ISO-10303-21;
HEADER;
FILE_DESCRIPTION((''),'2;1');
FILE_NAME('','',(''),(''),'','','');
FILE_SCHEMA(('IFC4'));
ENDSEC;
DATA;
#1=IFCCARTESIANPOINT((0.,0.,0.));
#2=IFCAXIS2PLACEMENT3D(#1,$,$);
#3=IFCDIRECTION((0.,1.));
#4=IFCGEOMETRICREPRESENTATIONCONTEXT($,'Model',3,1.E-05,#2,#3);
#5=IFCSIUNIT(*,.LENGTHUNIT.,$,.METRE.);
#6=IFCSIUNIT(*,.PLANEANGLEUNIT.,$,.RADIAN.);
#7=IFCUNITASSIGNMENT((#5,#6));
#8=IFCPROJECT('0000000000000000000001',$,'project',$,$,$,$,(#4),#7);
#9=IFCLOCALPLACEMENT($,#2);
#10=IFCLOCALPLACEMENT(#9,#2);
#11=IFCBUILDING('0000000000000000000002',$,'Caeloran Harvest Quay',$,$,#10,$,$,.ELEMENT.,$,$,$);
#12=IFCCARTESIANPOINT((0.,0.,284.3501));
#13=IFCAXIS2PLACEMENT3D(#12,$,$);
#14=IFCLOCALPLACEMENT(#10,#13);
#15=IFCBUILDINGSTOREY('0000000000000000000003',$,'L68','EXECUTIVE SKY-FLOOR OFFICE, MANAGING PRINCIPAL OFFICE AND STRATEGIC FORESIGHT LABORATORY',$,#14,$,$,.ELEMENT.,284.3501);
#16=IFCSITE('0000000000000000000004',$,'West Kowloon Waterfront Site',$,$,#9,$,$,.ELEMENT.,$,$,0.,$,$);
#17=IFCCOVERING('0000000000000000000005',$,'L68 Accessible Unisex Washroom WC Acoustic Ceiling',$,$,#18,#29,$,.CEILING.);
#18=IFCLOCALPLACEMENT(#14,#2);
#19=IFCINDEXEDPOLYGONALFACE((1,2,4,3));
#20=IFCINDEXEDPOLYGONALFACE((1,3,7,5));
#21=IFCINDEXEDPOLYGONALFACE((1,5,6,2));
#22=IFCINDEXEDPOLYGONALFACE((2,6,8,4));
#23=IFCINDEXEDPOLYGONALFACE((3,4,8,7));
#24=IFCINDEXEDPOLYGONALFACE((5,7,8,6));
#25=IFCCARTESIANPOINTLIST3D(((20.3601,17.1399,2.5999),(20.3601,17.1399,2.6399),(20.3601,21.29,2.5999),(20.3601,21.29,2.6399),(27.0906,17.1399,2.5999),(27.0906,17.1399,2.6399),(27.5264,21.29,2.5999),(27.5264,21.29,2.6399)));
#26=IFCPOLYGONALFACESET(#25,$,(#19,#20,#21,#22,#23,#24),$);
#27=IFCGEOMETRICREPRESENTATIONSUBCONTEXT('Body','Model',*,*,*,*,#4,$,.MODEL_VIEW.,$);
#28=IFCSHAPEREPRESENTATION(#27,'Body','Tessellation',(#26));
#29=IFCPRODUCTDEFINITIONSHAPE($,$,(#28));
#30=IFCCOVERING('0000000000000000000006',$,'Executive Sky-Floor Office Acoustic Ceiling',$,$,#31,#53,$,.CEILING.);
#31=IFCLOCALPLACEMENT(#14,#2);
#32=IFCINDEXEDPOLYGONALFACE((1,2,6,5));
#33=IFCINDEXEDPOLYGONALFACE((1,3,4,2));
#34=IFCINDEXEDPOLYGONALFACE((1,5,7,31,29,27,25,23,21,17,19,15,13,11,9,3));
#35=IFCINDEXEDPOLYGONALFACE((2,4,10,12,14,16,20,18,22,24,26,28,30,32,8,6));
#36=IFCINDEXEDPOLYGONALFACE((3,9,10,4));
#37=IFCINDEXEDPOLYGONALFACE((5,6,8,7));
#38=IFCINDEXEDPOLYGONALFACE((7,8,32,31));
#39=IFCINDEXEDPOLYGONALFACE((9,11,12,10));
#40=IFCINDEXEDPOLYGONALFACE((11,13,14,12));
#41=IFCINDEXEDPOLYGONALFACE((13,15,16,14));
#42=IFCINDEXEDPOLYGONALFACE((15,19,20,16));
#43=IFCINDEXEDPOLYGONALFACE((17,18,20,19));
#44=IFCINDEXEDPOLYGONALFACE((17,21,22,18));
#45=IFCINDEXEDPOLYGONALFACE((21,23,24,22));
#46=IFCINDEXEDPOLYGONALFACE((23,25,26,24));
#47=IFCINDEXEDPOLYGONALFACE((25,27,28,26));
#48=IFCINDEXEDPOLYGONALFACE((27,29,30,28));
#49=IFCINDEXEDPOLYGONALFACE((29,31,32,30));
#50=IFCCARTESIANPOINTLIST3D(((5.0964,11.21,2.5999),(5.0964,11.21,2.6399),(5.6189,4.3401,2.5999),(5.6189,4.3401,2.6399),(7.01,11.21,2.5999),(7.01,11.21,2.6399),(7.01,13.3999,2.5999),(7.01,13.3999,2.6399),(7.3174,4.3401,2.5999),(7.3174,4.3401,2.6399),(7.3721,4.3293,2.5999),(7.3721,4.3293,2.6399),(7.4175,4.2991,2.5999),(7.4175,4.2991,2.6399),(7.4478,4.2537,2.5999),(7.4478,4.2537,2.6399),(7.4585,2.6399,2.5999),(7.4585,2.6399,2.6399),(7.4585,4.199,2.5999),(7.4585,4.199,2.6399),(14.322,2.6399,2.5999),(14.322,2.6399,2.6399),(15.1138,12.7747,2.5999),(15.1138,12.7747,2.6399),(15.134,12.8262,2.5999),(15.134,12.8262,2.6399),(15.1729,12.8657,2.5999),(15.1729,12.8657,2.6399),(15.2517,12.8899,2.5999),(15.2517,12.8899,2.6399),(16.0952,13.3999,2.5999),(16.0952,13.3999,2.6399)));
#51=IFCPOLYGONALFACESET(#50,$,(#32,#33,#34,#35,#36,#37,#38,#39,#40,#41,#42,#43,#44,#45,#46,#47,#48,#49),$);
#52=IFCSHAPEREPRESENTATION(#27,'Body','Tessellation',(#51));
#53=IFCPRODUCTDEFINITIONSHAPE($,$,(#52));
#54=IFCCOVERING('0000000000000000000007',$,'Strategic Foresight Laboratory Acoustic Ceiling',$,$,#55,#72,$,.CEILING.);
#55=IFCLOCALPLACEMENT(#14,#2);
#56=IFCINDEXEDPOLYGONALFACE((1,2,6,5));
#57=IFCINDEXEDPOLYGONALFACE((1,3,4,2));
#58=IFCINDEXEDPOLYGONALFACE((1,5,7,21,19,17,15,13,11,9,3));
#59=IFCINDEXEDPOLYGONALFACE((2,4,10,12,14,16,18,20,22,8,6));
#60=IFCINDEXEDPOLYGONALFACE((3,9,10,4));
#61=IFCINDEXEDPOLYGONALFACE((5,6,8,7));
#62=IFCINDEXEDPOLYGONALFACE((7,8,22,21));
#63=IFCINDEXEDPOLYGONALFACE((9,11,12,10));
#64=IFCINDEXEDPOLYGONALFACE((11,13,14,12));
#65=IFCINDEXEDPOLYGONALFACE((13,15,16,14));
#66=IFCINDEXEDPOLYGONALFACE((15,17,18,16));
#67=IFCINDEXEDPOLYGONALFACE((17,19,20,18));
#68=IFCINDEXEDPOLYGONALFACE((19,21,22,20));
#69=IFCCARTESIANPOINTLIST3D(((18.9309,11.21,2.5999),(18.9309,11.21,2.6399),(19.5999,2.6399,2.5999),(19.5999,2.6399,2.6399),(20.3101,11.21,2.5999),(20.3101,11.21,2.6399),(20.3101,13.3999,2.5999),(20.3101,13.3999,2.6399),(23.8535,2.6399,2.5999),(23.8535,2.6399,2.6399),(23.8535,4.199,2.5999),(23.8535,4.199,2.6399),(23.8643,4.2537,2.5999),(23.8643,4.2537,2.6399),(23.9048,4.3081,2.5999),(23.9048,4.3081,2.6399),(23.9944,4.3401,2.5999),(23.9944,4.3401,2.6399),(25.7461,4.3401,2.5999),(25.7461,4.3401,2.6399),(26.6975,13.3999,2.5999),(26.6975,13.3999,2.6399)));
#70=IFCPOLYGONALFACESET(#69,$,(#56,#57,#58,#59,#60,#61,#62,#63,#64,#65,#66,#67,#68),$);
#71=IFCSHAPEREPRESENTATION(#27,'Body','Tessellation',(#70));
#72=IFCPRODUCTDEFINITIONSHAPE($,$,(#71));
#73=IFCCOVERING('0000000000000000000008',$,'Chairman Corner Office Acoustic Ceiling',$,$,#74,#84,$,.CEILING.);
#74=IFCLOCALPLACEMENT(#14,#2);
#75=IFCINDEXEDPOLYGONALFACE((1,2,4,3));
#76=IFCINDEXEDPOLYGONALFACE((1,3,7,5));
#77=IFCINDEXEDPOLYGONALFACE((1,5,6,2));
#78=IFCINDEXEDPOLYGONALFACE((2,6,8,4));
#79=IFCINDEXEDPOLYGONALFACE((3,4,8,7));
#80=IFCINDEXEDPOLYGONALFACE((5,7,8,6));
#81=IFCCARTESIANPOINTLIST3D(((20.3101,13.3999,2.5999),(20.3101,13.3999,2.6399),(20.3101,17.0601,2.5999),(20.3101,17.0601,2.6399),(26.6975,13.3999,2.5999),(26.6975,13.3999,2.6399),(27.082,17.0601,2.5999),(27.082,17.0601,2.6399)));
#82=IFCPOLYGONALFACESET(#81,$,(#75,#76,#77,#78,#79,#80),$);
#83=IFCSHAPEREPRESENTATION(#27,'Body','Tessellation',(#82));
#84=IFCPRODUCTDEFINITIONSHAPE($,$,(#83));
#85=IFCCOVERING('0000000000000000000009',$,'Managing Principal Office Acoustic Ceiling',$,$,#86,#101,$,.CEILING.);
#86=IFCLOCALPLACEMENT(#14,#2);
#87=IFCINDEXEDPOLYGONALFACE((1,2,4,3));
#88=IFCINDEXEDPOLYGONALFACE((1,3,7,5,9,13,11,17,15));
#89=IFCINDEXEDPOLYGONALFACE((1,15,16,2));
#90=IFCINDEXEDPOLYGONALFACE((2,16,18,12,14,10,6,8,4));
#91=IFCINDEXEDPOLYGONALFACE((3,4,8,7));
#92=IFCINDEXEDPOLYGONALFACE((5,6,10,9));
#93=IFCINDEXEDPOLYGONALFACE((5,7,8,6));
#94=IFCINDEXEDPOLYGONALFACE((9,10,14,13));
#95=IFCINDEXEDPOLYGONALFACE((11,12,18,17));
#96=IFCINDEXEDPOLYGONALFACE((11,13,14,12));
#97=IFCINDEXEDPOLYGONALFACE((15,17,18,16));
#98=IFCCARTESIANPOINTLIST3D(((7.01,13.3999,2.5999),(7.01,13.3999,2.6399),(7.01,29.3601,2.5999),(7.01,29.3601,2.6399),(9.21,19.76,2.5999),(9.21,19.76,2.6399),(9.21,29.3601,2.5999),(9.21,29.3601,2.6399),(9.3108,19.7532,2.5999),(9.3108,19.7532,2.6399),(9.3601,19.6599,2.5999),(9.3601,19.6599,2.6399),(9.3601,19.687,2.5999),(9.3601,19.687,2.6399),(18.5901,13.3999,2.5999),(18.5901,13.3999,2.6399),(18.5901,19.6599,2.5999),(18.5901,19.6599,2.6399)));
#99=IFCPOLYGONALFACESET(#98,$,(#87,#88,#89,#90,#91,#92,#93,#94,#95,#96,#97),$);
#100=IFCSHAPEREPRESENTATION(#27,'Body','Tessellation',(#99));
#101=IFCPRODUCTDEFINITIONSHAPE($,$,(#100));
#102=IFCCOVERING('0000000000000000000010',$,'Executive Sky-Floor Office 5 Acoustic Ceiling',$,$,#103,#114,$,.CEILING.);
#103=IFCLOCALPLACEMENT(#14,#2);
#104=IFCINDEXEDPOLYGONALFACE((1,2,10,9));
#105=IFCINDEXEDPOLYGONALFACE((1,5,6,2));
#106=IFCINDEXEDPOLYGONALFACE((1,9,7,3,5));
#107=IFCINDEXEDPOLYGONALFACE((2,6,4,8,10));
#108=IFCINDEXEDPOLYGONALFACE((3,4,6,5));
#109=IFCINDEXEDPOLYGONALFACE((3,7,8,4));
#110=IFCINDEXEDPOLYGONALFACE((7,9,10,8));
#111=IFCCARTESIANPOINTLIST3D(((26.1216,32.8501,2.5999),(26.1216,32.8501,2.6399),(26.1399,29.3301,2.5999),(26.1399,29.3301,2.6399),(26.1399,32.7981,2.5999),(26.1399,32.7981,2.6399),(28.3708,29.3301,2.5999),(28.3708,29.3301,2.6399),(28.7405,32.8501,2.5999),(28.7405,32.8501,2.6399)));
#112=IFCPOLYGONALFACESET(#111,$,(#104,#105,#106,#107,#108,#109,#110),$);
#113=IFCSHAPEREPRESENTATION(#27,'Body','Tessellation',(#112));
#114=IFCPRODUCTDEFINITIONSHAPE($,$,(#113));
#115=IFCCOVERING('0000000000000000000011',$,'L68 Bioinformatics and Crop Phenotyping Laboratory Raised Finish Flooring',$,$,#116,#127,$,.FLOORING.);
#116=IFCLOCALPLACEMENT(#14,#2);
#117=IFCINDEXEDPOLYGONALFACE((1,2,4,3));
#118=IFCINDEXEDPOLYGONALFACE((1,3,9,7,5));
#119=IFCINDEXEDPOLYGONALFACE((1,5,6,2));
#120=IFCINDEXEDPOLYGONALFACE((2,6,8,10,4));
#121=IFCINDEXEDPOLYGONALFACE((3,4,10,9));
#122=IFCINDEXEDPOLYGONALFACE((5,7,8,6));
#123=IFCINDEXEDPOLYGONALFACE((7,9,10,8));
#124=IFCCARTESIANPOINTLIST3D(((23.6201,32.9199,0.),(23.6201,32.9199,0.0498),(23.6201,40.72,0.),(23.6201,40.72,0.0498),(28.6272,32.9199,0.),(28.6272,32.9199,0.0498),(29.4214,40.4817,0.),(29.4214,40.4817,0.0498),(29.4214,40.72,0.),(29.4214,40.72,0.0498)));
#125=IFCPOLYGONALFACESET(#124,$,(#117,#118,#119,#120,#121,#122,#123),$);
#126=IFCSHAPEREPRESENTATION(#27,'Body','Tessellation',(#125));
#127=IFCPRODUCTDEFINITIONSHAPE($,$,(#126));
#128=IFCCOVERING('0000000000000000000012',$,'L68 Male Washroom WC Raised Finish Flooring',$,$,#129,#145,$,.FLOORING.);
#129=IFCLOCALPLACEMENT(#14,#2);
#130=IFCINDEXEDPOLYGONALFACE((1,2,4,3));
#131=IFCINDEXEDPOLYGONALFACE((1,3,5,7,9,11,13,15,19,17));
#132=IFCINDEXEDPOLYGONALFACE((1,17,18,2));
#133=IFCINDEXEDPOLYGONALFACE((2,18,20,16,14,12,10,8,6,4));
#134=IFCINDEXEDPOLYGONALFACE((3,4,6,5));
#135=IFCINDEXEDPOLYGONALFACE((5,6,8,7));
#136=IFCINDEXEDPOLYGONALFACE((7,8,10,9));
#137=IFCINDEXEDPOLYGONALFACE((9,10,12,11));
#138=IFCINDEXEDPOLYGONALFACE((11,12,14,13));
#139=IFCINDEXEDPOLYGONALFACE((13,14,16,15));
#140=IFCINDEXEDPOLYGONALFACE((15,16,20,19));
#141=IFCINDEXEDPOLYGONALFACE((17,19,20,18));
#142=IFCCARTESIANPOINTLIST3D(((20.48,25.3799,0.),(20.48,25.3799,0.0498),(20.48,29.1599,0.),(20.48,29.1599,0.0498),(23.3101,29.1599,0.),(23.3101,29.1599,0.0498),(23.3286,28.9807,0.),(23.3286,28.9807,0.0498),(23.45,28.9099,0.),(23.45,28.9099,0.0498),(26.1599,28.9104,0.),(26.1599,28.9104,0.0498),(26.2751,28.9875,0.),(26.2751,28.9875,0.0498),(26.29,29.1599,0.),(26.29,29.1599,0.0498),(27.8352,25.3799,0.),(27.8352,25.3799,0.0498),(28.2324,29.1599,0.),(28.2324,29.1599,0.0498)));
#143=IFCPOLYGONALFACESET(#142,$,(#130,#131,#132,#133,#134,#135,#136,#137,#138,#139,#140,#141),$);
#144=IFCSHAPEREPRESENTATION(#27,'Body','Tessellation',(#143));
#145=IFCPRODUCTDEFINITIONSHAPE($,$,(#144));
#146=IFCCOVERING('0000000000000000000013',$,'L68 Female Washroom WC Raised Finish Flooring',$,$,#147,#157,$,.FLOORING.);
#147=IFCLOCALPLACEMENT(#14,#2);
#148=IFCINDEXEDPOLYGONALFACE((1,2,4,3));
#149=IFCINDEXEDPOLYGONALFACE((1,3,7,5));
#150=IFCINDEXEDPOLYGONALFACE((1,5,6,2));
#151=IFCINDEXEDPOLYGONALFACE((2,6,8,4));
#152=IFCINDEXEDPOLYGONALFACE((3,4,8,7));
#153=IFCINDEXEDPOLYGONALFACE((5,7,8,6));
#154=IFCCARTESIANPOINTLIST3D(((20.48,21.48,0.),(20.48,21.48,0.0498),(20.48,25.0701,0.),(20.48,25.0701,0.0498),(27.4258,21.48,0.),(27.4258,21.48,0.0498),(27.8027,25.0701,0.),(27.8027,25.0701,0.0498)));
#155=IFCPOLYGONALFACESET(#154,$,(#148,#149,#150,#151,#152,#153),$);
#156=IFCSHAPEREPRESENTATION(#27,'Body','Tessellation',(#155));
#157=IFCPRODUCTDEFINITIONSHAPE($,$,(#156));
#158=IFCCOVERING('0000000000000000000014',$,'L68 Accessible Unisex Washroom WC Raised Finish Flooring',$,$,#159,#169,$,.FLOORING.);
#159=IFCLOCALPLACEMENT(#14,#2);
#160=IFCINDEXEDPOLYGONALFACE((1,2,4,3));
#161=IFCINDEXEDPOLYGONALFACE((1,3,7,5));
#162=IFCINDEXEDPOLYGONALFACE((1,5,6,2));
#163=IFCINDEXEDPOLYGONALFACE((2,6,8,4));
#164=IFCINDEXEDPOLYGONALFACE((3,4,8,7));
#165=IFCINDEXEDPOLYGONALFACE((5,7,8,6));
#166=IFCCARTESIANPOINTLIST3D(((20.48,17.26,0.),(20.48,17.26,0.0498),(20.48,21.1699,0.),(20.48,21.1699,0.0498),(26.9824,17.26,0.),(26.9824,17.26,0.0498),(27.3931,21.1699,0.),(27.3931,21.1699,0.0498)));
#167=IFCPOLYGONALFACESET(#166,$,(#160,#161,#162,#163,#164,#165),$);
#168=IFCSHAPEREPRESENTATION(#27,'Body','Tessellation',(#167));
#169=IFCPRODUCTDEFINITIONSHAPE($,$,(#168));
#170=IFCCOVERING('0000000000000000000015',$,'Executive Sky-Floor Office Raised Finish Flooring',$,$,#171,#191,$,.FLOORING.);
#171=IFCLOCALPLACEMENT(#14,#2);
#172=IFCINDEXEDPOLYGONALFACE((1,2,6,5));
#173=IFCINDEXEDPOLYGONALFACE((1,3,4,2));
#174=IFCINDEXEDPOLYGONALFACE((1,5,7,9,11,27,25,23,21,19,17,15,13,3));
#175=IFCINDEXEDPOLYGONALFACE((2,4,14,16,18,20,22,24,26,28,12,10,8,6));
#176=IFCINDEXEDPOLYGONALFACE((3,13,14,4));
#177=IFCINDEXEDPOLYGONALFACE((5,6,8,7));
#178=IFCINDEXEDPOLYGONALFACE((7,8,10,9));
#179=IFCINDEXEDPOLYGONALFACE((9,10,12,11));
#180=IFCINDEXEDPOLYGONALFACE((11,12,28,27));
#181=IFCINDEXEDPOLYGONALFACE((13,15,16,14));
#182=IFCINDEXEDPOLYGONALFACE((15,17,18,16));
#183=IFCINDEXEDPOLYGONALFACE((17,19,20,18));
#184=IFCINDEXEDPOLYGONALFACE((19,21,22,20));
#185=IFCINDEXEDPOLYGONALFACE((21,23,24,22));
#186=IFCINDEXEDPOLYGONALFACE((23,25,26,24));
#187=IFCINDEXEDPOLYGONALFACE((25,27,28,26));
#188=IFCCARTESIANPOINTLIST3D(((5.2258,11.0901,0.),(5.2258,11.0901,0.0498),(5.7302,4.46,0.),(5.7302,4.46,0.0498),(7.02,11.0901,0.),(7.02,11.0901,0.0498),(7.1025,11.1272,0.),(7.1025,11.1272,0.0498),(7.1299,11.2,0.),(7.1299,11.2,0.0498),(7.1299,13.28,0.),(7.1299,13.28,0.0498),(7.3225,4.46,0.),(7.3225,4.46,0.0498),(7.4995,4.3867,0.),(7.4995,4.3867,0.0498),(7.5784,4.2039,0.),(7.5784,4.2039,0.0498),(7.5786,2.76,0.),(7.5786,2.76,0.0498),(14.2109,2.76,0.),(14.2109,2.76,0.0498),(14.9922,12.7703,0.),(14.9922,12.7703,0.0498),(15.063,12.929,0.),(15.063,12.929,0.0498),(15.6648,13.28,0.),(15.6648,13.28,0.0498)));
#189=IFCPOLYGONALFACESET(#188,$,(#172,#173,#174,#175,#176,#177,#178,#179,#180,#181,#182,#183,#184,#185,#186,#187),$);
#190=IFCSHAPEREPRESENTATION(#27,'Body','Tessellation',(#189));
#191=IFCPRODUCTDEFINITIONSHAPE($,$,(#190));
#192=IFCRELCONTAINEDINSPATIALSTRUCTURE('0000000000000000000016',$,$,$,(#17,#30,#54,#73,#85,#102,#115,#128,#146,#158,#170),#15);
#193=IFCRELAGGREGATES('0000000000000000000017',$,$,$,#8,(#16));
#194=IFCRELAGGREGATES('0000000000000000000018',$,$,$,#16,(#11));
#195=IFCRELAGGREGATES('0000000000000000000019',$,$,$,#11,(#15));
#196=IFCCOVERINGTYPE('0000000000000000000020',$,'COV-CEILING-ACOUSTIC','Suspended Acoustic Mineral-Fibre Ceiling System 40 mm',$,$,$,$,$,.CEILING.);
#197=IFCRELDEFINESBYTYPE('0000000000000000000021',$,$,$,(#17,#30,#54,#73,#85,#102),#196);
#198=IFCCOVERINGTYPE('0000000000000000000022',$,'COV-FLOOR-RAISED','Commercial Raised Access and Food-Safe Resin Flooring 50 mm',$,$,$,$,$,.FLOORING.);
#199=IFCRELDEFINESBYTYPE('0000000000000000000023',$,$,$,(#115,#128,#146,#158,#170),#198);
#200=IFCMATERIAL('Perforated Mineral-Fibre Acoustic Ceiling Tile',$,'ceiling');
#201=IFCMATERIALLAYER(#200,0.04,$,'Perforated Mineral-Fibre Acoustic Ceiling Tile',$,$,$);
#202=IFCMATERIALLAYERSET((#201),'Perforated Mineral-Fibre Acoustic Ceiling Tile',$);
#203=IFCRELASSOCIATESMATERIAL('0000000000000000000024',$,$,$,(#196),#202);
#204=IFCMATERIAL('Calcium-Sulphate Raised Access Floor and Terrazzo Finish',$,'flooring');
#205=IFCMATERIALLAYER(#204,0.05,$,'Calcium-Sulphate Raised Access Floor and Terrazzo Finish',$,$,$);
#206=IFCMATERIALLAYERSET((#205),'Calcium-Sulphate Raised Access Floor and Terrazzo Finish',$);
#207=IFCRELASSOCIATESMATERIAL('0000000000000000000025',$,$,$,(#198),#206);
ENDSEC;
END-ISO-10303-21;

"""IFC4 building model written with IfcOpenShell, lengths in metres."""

from ifc_helpers import new_model, si_unit, direction, frame, origin, place, context, subcontext, project, spatial, polyline, outline, extrude, material, layer, layer_set, type_object, element, save


model = new_model("IFC4")

# Units and contexts
model_context = context("Model", 3, precision=1e-05, world=origin(), true_north=direction((0.0, 1.0)))
body_context = subcontext(model_context, "Body", "Model", "MODEL_VIEW")
ifc_project = project(units=[si_unit("LENGTHUNIT", "METRE"), si_unit("PLANEANGLEUNIT", "RADIAN")], contexts=[model_context])

# Site, building, storey
site_placement = place(None, origin())
site = spatial("IfcSite", under=ifc_project, at=site_placement, Name="West Kowloon Waterfront Site", CompositionType="ELEMENT", RefElevation=0.0)
building_placement = place(site_placement, origin())
building = spatial("IfcBuilding", under=site, at=building_placement, Name="Caeloran Harvest Quay", CompositionType="ELEMENT")
storey_placement = place(building_placement, frame((0.0, 0.0, 284.3501)))
storey = spatial("IfcBuildingStorey", under=building, at=storey_placement, Name="L68", Description="EXECUTIVE SKY-FLOOR OFFICE, MANAGING PRINCIPAL OFFICE AND STRATEGIC FORESIGHT LABORATORY", CompositionType="ELEMENT", Elevation=284.3501)

# Coverings
ifc_material_1 = material(Name="Perforated Mineral-Fibre Acoustic Ceiling Tile", Category="ceiling")
ifc_layer_1 = layer(ifc_material_1, 0.04, Name="Perforated Mineral-Fibre Acoustic Ceiling Tile")
ifc_layer_set_1 = layer_set([ifc_layer_1], Name="Perforated Mineral-Fibre Acoustic Ceiling Tile")
covering_type_1 = type_object("IfcCoveringType", Name="COV-CEILING-ACOUSTIC", Description="Suspended Acoustic Mineral-Fibre Ceiling System 40 mm", PredefinedType="CEILING", material=ifc_layer_set_1)
covering_1_placement = place(storey_placement, frame((0.0, 0.0, 2.5999)))
element("IfcCovering", 1, at=covering_1_placement, inside=storey, type_object=covering_type_1, Name="L68 Accessible Unisex Washroom WC Acoustic Ceiling", PredefinedType="CEILING", context=body_context, shape_type="SweptSolid", body=[
    extrude(outline(polyline([(27.5264, 21.29), (27.0906, 17.1399), (20.3601, 17.1399), (20.3601, 21.29), (27.5264, 21.29)])), origin(), (0.0, 0.0, 1.0), 0.04),
])
covering_2_placement = place(storey_placement, frame((0.0, 0.0, 2.5999)))
element("IfcCovering", 2, at=covering_2_placement, inside=storey, type_object=covering_type_1, Name="Executive Sky-Floor Office Acoustic Ceiling", PredefinedType="CEILING", context=body_context, shape_type="SweptSolid", body=[
    extrude(outline(polyline([(7.01, 11.21), (7.01, 13.3999), (16.0952, 13.3999), (15.2517, 12.8899), (15.1729, 12.8657), (15.134, 12.8262), (15.1138, 12.7747), (14.322, 2.6399), (7.4585, 2.6399), (7.4585, 4.199), (7.4478, 4.2537), (7.4175, 4.2991), (7.3721, 4.3293), (7.3174, 4.3401), (5.6189, 4.3401), (5.0964, 11.21), (7.01, 11.21)])), origin(), (0.0, 0.0, 1.0), 0.04),
])
covering_3_placement = place(storey_placement, frame((0.0, 0.0, 2.5999)))
element("IfcCovering", 3, at=covering_3_placement, inside=storey, type_object=covering_type_1, Name="Strategic Foresight Laboratory Acoustic Ceiling", PredefinedType="CEILING", context=body_context, shape_type="SweptSolid", body=[
    extrude(outline(polyline([(20.3101, 11.21), (20.3101, 13.3999), (26.6975, 13.3999), (25.7461, 4.3401), (23.9944, 4.3401), (23.9048, 4.3081), (23.8643, 4.2537), (23.8535, 4.199), (23.8535, 2.6399), (19.5999, 2.6399), (18.9309, 11.21), (20.3101, 11.21)])), origin(), (0.0, 0.0, 1.0), 0.04),
])
covering_4_placement = place(storey_placement, frame((0.0, 0.0, 2.5999)))
element("IfcCovering", 4, at=covering_4_placement, inside=storey, type_object=covering_type_1, Name="Chairman Corner Office Acoustic Ceiling", PredefinedType="CEILING", context=body_context, shape_type="SweptSolid", body=[
    extrude(outline(polyline([(20.3101, 17.0601), (27.082, 17.0601), (26.6975, 13.3999), (20.3101, 13.3999), (20.3101, 17.0601)])), origin(), (0.0, 0.0, 1.0), 0.04),
])
covering_5_placement = place(storey_placement, frame((0.0, 0.0, 2.5999)))
element("IfcCovering", 5, at=covering_5_placement, inside=storey, type_object=covering_type_1, Name="Managing Principal Office Acoustic Ceiling", PredefinedType="CEILING", context=body_context, shape_type="SweptSolid", body=[
    extrude(outline(polyline([(9.3108, 19.7532), (9.3601, 19.687), (9.3601, 19.6599), (18.5901, 19.6599), (18.5901, 13.3999), (7.01, 13.3999), (7.01, 29.3601), (9.21, 29.3601), (9.21, 19.76), (9.3108, 19.7532)])), origin(), (0.0, 0.0, 1.0), 0.04),
])
covering_6_placement = place(storey_placement, frame((0.0, 0.0, 2.5999)))
element("IfcCovering", 6, at=covering_6_placement, inside=storey, type_object=covering_type_1, Name="Executive Sky-Floor Office 5 Acoustic Ceiling", PredefinedType="CEILING", context=body_context, shape_type="SweptSolid", body=[
    extrude(outline(polyline([(26.1399, 32.7981), (26.1216, 32.8501), (28.7405, 32.8501), (28.3708, 29.3301), (26.1399, 29.3301), (26.1399, 32.7981)])), origin(), (0.0, 0.0, 1.0), 0.04),
])
ifc_material_2 = material(Name="Calcium-Sulphate Raised Access Floor and Terrazzo Finish", Category="flooring")
ifc_layer_2 = layer(ifc_material_2, 0.05, Name="Calcium-Sulphate Raised Access Floor and Terrazzo Finish")
ifc_layer_set_2 = layer_set([ifc_layer_2], Name="Calcium-Sulphate Raised Access Floor and Terrazzo Finish")
covering_type_2 = type_object("IfcCoveringType", Name="COV-FLOOR-RAISED", Description="Commercial Raised Access and Food-Safe Resin Flooring 50 mm", PredefinedType="FLOORING", material=ifc_layer_set_2)
covering_7_placement = place(storey_placement, origin())
element("IfcCovering", 7, at=covering_7_placement, inside=storey, type_object=covering_type_2, Name="L68 Bioinformatics and Crop Phenotyping Laboratory Raised Finish Flooring", PredefinedType="FLOORING", context=body_context, shape_type="SweptSolid", body=[
    extrude(outline(polyline([(29.4214, 40.4817), (28.6272, 32.9199), (23.6201, 32.9199), (23.6201, 40.72), (29.4214, 40.72), (29.4214, 40.4817)])), origin(), (0.0, 0.0, 1.0), 0.0498),
])
covering_8_placement = place(storey_placement, origin())
element("IfcCovering", 8, at=covering_8_placement, inside=storey, type_object=covering_type_2, Name="L68 Male Washroom WC Raised Finish Flooring", PredefinedType="FLOORING", context=body_context, shape_type="SweptSolid", body=[
    extrude(outline(polyline([(23.3101, 29.1599), (23.3286, 28.9807), (23.45, 28.9099), (26.1599, 28.9104), (26.2751, 28.9875), (26.29, 29.1599), (28.2324, 29.1599), (27.8352, 25.3799), (20.48, 25.3799), (20.48, 29.1599), (23.3101, 29.1599)])), origin(), (0.0, 0.0, 1.0), 0.0498),
])
covering_9_placement = place(storey_placement, origin())
element("IfcCovering", 9, at=covering_9_placement, inside=storey, type_object=covering_type_2, Name="L68 Female Washroom WC Raised Finish Flooring", PredefinedType="FLOORING", context=body_context, shape_type="SweptSolid", body=[
    extrude(outline(polyline([(27.8027, 25.0701), (27.4258, 21.48), (20.48, 21.48), (20.48, 25.0701), (27.8027, 25.0701)])), origin(), (0.0, 0.0, 1.0), 0.0498),
])
covering_10_placement = place(storey_placement, origin())
element("IfcCovering", 10, at=covering_10_placement, inside=storey, type_object=covering_type_2, Name="L68 Accessible Unisex Washroom WC Raised Finish Flooring", PredefinedType="FLOORING", context=body_context, shape_type="SweptSolid", body=[
    extrude(outline(polyline([(27.3931, 21.1699), (26.9824, 17.26), (20.48, 17.26), (20.48, 21.1699), (27.3931, 21.1699)])), origin(), (0.0, 0.0, 1.0), 0.0498),
])
covering_11_placement = place(storey_placement, origin())
element("IfcCovering", 11, at=covering_11_placement, inside=storey, type_object=covering_type_2, Name="Executive Sky-Floor Office Raised Finish Flooring", PredefinedType="FLOORING", context=body_context, shape_type="SweptSolid", body=[
    extrude(outline(polyline([(15.6648, 13.28), (15.063, 12.929), (14.9922, 12.7703), (14.2109, 2.76), (7.5786, 2.76), (7.5784, 4.2039), (7.4995, 4.3867), (7.3225, 4.46), (5.7302, 4.46), (5.2258, 11.0901), (7.02, 11.0901), (7.1025, 11.1272), (7.1299, 11.2), (7.1299, 13.28), (15.6648, 13.28)])), origin(), (0.0, 0.0, 1.0), 0.0498),
])

save(model, "model.ifc")
